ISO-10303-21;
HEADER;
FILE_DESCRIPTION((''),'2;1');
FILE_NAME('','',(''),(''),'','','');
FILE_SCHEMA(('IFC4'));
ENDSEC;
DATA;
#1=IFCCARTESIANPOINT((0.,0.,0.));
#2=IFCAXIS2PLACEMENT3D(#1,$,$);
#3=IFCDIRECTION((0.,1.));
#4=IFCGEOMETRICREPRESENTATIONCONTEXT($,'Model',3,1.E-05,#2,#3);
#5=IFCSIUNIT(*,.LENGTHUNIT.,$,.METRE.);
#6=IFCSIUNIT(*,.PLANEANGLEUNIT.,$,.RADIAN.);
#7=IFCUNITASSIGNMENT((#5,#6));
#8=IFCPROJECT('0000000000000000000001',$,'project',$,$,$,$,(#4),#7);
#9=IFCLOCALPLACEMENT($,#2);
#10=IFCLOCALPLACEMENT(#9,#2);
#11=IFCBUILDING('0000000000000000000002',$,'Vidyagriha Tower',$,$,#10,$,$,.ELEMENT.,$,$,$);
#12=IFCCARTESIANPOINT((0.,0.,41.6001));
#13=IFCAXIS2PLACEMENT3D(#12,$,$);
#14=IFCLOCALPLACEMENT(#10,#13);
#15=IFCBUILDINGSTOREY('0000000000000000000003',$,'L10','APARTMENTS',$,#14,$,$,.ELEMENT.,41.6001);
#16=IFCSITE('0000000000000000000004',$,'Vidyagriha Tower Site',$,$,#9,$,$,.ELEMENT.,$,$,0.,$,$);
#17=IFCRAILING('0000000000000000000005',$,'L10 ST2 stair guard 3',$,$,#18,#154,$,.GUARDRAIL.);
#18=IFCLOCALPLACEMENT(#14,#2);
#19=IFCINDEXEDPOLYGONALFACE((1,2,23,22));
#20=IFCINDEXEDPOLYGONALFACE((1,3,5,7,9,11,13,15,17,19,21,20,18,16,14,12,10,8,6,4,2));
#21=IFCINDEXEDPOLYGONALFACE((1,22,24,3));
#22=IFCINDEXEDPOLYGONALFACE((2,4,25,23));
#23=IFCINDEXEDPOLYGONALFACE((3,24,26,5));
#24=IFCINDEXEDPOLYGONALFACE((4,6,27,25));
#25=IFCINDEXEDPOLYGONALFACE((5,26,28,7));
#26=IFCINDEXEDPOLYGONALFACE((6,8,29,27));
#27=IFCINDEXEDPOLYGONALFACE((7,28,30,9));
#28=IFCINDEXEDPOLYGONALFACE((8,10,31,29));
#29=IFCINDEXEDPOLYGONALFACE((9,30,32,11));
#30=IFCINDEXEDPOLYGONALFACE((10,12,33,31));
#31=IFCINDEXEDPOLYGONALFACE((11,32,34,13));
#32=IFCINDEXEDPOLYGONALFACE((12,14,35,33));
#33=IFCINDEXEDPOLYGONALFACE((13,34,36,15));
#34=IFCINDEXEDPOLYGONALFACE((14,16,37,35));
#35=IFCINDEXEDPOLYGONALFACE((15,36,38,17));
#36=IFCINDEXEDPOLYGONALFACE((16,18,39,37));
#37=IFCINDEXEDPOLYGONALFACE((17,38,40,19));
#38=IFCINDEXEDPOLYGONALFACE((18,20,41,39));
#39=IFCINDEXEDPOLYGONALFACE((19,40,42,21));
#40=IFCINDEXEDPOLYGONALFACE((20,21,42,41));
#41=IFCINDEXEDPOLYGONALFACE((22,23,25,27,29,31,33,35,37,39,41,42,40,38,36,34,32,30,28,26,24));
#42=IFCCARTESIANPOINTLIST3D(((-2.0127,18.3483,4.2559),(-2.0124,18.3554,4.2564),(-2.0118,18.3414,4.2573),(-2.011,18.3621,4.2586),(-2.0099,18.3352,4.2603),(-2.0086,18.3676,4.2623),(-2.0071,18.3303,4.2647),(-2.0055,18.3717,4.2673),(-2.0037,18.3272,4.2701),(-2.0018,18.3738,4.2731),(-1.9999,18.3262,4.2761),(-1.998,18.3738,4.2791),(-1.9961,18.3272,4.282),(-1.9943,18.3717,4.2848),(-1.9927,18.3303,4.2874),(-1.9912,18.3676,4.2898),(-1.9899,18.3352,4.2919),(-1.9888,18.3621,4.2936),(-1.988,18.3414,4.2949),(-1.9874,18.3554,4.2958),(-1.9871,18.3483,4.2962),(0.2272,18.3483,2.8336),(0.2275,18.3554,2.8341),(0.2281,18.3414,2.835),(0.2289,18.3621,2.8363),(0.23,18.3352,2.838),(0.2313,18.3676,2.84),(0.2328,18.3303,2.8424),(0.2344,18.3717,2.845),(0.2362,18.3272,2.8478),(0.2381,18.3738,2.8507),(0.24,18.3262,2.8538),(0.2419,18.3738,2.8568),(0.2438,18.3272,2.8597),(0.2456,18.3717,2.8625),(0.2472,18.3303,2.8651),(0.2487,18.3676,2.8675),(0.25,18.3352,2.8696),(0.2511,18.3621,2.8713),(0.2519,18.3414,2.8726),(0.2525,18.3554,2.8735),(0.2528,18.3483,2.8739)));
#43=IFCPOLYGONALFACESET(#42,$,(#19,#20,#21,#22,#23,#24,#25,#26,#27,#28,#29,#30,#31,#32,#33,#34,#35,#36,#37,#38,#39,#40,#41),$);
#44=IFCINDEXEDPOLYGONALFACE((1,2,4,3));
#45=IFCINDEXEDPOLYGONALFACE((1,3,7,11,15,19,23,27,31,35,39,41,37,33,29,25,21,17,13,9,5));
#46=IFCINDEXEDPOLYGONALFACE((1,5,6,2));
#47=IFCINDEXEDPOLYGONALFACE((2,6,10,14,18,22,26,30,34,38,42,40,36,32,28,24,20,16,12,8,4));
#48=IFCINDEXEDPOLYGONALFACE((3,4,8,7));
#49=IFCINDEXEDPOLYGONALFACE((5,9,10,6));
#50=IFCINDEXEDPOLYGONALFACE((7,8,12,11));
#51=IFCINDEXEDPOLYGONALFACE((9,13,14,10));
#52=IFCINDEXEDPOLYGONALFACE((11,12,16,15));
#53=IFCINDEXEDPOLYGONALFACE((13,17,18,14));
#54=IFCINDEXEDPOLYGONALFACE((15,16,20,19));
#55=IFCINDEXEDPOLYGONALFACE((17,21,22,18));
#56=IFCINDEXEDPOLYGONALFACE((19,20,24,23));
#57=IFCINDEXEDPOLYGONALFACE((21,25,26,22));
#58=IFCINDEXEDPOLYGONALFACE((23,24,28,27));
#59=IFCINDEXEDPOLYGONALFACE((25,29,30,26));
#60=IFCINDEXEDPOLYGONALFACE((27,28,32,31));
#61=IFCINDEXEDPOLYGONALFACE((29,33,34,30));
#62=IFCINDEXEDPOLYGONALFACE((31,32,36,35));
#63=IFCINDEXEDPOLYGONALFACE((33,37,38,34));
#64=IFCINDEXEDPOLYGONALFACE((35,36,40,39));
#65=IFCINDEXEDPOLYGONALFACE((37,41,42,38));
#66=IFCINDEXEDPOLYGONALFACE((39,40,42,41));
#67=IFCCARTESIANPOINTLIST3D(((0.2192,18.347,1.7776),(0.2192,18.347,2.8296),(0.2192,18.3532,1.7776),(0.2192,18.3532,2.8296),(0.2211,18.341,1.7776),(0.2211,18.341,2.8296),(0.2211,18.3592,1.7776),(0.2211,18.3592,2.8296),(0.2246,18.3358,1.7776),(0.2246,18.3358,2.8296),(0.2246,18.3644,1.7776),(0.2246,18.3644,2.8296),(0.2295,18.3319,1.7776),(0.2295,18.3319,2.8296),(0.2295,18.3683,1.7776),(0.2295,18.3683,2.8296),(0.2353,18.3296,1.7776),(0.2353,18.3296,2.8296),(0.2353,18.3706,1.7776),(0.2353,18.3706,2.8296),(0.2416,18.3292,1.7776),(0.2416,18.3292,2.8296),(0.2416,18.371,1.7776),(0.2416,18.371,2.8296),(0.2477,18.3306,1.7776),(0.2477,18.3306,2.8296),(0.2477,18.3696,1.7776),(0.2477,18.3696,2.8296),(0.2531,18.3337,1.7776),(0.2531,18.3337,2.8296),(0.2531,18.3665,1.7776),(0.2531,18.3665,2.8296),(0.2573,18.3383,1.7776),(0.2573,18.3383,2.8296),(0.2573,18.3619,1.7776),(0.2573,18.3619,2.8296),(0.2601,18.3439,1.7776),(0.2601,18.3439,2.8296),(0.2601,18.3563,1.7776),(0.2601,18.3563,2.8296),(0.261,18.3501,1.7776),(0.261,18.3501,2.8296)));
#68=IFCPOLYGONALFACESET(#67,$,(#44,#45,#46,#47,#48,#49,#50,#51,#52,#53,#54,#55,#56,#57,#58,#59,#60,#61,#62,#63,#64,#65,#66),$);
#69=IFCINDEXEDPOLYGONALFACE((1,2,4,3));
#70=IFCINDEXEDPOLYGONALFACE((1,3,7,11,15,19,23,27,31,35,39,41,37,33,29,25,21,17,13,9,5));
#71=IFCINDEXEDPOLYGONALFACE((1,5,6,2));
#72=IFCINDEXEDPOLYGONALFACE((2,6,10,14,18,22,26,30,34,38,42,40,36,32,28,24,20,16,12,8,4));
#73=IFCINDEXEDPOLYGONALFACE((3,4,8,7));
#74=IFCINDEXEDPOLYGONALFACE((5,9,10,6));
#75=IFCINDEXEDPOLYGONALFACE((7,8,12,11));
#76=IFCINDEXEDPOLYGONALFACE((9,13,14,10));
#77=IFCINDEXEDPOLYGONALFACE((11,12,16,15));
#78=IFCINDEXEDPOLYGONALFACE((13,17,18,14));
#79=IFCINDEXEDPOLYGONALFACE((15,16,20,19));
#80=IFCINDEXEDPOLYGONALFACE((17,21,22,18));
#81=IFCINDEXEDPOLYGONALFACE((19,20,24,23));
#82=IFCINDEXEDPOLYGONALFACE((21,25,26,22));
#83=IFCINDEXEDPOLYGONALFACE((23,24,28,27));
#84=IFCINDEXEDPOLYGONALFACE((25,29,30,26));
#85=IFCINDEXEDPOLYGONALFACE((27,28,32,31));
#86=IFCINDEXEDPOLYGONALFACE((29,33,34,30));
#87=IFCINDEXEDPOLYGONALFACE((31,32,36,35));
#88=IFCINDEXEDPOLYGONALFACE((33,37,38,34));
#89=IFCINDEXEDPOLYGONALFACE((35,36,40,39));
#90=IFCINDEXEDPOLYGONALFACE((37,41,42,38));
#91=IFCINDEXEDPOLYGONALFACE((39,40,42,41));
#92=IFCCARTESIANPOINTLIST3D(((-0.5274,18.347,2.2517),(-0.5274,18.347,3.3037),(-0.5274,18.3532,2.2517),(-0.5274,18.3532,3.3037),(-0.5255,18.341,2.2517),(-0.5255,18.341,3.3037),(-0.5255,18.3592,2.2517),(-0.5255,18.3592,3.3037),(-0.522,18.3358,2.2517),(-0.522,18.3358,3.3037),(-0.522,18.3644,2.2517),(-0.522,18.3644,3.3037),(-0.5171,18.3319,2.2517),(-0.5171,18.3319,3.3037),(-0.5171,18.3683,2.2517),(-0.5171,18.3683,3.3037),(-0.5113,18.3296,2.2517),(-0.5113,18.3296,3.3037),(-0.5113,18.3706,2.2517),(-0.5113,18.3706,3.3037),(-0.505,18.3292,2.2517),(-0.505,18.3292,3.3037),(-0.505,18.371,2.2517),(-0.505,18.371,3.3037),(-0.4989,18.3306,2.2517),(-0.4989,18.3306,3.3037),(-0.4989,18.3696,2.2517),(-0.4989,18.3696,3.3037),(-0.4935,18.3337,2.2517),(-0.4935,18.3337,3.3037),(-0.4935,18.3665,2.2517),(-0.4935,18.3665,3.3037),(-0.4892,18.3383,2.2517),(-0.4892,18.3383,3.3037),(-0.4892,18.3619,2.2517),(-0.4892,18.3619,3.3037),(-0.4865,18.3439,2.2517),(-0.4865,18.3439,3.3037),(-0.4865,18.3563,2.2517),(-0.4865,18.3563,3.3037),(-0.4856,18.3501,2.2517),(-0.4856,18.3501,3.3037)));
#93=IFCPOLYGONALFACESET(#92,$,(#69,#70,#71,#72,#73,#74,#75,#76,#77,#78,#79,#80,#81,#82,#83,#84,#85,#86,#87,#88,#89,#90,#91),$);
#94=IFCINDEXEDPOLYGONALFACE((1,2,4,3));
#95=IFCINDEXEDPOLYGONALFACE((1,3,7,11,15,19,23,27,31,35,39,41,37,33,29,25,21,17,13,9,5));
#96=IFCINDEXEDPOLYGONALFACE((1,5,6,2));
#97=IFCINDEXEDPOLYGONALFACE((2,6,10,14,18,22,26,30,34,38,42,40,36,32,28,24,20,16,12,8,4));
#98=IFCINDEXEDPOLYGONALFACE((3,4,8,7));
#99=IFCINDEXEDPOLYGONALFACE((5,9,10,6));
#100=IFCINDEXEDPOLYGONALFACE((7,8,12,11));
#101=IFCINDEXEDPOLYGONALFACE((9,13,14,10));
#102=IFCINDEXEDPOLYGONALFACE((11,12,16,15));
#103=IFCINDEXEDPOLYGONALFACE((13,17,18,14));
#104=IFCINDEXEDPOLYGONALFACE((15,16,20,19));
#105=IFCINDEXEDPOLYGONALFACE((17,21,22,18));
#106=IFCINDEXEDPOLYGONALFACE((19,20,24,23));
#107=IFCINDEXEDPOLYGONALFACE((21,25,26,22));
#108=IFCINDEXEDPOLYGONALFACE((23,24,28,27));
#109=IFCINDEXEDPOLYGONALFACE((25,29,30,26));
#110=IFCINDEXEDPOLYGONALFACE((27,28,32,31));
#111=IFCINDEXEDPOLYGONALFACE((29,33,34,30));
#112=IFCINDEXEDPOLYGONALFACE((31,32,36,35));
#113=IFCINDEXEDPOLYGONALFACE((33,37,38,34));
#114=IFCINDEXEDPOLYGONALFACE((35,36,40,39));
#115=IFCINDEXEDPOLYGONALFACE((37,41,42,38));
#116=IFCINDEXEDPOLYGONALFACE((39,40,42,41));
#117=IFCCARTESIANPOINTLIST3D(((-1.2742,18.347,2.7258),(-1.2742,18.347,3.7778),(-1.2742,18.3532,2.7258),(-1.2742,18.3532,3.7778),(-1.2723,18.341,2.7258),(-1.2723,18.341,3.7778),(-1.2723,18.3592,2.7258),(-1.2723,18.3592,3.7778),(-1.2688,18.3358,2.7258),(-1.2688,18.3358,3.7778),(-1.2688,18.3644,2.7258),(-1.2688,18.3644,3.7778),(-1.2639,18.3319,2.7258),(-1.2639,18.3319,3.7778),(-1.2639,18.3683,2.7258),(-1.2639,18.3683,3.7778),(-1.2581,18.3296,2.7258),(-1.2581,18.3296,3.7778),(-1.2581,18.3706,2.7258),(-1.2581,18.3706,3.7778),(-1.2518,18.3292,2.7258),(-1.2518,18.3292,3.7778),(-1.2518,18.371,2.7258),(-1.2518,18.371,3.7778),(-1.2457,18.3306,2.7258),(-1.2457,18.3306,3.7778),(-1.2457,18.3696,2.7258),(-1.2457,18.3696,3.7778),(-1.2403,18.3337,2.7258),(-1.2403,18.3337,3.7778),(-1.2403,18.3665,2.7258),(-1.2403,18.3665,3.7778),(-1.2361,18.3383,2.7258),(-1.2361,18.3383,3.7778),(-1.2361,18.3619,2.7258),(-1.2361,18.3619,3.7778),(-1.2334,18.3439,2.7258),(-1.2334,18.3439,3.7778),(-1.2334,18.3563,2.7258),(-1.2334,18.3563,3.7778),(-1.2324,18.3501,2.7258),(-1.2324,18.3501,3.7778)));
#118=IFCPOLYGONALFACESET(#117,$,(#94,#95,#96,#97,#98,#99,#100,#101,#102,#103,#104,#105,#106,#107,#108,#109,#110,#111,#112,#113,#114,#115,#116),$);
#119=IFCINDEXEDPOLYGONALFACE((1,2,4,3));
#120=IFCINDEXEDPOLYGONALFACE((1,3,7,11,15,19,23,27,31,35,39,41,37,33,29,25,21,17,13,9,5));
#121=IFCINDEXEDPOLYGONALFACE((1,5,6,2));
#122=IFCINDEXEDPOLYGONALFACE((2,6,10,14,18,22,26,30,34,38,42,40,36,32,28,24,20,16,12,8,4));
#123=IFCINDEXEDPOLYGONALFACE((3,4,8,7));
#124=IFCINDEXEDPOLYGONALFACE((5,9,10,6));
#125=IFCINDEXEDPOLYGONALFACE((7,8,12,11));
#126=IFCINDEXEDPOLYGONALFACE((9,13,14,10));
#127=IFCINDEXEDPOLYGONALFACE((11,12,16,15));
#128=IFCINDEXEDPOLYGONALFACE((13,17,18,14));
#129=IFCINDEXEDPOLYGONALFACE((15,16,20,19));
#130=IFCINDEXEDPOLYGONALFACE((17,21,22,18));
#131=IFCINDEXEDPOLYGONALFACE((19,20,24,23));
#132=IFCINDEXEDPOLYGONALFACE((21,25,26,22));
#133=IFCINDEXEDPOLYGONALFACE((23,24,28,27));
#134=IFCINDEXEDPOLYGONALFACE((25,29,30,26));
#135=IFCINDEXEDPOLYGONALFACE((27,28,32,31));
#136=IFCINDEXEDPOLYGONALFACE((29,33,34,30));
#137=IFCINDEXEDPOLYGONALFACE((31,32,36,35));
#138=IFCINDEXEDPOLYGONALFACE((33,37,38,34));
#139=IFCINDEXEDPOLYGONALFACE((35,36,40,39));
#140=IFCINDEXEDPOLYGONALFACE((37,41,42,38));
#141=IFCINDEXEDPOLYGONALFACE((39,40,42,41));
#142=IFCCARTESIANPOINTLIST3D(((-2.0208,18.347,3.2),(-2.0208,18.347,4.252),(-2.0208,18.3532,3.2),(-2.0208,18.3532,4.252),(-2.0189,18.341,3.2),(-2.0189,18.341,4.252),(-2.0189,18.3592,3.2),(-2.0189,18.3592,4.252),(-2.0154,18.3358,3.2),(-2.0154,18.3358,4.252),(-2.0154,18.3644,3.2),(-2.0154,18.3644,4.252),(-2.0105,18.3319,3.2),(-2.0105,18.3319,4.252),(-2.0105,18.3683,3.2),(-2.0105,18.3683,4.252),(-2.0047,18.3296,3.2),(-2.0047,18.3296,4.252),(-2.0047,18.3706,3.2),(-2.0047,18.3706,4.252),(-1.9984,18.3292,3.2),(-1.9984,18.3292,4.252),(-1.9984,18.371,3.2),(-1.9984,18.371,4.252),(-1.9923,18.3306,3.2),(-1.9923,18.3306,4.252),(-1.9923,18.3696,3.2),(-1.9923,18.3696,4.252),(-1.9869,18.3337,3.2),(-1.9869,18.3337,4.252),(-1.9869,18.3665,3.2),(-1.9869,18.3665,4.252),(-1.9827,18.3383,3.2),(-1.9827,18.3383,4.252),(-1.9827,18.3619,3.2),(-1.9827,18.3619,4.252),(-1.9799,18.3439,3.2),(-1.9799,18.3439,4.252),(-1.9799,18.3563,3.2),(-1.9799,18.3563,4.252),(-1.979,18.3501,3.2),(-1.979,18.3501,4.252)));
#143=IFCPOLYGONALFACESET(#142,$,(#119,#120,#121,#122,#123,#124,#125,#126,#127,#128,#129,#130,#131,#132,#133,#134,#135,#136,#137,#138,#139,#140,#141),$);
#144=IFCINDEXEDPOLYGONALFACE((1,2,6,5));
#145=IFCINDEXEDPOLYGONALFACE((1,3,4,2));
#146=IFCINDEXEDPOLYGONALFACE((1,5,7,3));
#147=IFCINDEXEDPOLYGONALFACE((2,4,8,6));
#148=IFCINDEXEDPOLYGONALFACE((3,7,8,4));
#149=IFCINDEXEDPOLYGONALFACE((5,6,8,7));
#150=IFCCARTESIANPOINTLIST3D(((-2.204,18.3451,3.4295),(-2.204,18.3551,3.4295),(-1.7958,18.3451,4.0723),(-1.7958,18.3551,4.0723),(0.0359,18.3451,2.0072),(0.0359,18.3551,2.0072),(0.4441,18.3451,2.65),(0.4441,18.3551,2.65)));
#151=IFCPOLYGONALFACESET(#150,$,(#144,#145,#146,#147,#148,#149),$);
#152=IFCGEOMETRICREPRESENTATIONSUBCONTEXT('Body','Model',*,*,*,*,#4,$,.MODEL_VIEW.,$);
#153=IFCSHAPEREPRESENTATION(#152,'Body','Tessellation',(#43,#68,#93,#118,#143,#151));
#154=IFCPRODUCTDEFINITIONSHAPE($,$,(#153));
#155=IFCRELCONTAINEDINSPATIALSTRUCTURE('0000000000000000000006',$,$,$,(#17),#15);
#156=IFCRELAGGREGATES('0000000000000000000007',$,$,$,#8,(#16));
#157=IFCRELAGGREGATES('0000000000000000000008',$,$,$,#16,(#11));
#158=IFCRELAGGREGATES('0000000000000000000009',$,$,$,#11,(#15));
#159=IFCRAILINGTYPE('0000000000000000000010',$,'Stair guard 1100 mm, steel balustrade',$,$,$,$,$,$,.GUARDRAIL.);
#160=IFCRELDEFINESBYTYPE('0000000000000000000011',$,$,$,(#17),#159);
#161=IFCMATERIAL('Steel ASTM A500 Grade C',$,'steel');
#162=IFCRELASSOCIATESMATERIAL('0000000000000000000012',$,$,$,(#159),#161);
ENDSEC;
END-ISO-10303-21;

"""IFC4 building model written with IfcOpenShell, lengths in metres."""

from ifc_helpers import new_model, si_unit, direction, frame, origin, origin_2d, place, context, subcontext, project, spatial, rectangle, circle, extrude, material, type_object, element, save


model = new_model("IFC4")

# Units and contexts
model_context = context("Model", 3, precision=1e-05, world=origin(), true_north=direction((0.0, 1.0)))
body_context = subcontext(model_context, "Body", "Model", "MODEL_VIEW")
ifc_project = project(units=[si_unit("LENGTHUNIT", "METRE"), si_unit("PLANEANGLEUNIT", "RADIAN")], contexts=[model_context])

# Site, building, storey
site_placement = place(None, origin())
site = spatial("IfcSite", under=ifc_project, at=site_placement, Name="Vidyagriha Tower Site", CompositionType="ELEMENT", RefElevation=0.0)
building_placement = place(site_placement, origin())
building = spatial("IfcBuilding", under=site, at=building_placement, Name="Vidyagriha Tower", CompositionType="ELEMENT")
storey_placement = place(building_placement, frame((0.0, 0.0, 41.6001)))
storey = spatial("IfcBuildingStorey", under=building, at=storey_placement, Name="L10", Description="APARTMENTS", CompositionType="ELEMENT", Elevation=41.6001)

# Railing
ifc_material_1 = material(Name="Steel ASTM A500 Grade C", Category="steel")
railing_type_1 = type_object("IfcRailingType", Name="Stair guard 1100 mm, steel balustrade", PredefinedType="GUARDRAIL", material=ifc_material_1)
railing_1_placement = place(storey_placement, frame((0.24, 18.3501, 1.7776)))
element("IfcRailing", 1, at=railing_1_placement, inside=storey, type_object=railing_type_1, Name="L10 ST2 stair guard 3", PredefinedType="GUARDRAIL", context=body_context, shape_type="SweptSolid", body=[
    extrude(circle(Radius=0.0239, at=origin_2d()), frame((0.0, 0.0, 1.0762), z_axis=(-0.844188, 0.0, 0.536048), x_axis=(0.0, -1.0, 0.0)), (0.0, 0.0, 1.0), 2.6533),
    extrude(circle(Radius=0.021, at=origin_2d()), origin(), (0.0, 0.0, 1.0), 1.052),
    extrude(circle(Radius=0.021, at=origin_2d()), frame((-0.7466, 0.0, 0.4741)), (0.0, 0.0, 1.0), 1.052),
    extrude(circle(Radius=0.021, at=origin_2d()), frame((-1.4934, 0.0, 0.9482)), (0.0, 0.0, 1.0), 1.052),
    extrude(circle(Radius=0.021, at=origin_2d()), frame((-2.24, 0.0, 1.4224)), (0.0, 0.0, 1.0), 1.052),
    extrude(rectangle(XDim=0.01, YDim=0.7615, at=origin_2d()), frame((0.0, 0.0, 0.551), z_axis=(-0.844188, 0.0, 0.536048), x_axis=(0.0, -1.0, 0.0)), (0.0, 0.0, 1.0), 2.6533),
])

save(model, "model.ifc")
